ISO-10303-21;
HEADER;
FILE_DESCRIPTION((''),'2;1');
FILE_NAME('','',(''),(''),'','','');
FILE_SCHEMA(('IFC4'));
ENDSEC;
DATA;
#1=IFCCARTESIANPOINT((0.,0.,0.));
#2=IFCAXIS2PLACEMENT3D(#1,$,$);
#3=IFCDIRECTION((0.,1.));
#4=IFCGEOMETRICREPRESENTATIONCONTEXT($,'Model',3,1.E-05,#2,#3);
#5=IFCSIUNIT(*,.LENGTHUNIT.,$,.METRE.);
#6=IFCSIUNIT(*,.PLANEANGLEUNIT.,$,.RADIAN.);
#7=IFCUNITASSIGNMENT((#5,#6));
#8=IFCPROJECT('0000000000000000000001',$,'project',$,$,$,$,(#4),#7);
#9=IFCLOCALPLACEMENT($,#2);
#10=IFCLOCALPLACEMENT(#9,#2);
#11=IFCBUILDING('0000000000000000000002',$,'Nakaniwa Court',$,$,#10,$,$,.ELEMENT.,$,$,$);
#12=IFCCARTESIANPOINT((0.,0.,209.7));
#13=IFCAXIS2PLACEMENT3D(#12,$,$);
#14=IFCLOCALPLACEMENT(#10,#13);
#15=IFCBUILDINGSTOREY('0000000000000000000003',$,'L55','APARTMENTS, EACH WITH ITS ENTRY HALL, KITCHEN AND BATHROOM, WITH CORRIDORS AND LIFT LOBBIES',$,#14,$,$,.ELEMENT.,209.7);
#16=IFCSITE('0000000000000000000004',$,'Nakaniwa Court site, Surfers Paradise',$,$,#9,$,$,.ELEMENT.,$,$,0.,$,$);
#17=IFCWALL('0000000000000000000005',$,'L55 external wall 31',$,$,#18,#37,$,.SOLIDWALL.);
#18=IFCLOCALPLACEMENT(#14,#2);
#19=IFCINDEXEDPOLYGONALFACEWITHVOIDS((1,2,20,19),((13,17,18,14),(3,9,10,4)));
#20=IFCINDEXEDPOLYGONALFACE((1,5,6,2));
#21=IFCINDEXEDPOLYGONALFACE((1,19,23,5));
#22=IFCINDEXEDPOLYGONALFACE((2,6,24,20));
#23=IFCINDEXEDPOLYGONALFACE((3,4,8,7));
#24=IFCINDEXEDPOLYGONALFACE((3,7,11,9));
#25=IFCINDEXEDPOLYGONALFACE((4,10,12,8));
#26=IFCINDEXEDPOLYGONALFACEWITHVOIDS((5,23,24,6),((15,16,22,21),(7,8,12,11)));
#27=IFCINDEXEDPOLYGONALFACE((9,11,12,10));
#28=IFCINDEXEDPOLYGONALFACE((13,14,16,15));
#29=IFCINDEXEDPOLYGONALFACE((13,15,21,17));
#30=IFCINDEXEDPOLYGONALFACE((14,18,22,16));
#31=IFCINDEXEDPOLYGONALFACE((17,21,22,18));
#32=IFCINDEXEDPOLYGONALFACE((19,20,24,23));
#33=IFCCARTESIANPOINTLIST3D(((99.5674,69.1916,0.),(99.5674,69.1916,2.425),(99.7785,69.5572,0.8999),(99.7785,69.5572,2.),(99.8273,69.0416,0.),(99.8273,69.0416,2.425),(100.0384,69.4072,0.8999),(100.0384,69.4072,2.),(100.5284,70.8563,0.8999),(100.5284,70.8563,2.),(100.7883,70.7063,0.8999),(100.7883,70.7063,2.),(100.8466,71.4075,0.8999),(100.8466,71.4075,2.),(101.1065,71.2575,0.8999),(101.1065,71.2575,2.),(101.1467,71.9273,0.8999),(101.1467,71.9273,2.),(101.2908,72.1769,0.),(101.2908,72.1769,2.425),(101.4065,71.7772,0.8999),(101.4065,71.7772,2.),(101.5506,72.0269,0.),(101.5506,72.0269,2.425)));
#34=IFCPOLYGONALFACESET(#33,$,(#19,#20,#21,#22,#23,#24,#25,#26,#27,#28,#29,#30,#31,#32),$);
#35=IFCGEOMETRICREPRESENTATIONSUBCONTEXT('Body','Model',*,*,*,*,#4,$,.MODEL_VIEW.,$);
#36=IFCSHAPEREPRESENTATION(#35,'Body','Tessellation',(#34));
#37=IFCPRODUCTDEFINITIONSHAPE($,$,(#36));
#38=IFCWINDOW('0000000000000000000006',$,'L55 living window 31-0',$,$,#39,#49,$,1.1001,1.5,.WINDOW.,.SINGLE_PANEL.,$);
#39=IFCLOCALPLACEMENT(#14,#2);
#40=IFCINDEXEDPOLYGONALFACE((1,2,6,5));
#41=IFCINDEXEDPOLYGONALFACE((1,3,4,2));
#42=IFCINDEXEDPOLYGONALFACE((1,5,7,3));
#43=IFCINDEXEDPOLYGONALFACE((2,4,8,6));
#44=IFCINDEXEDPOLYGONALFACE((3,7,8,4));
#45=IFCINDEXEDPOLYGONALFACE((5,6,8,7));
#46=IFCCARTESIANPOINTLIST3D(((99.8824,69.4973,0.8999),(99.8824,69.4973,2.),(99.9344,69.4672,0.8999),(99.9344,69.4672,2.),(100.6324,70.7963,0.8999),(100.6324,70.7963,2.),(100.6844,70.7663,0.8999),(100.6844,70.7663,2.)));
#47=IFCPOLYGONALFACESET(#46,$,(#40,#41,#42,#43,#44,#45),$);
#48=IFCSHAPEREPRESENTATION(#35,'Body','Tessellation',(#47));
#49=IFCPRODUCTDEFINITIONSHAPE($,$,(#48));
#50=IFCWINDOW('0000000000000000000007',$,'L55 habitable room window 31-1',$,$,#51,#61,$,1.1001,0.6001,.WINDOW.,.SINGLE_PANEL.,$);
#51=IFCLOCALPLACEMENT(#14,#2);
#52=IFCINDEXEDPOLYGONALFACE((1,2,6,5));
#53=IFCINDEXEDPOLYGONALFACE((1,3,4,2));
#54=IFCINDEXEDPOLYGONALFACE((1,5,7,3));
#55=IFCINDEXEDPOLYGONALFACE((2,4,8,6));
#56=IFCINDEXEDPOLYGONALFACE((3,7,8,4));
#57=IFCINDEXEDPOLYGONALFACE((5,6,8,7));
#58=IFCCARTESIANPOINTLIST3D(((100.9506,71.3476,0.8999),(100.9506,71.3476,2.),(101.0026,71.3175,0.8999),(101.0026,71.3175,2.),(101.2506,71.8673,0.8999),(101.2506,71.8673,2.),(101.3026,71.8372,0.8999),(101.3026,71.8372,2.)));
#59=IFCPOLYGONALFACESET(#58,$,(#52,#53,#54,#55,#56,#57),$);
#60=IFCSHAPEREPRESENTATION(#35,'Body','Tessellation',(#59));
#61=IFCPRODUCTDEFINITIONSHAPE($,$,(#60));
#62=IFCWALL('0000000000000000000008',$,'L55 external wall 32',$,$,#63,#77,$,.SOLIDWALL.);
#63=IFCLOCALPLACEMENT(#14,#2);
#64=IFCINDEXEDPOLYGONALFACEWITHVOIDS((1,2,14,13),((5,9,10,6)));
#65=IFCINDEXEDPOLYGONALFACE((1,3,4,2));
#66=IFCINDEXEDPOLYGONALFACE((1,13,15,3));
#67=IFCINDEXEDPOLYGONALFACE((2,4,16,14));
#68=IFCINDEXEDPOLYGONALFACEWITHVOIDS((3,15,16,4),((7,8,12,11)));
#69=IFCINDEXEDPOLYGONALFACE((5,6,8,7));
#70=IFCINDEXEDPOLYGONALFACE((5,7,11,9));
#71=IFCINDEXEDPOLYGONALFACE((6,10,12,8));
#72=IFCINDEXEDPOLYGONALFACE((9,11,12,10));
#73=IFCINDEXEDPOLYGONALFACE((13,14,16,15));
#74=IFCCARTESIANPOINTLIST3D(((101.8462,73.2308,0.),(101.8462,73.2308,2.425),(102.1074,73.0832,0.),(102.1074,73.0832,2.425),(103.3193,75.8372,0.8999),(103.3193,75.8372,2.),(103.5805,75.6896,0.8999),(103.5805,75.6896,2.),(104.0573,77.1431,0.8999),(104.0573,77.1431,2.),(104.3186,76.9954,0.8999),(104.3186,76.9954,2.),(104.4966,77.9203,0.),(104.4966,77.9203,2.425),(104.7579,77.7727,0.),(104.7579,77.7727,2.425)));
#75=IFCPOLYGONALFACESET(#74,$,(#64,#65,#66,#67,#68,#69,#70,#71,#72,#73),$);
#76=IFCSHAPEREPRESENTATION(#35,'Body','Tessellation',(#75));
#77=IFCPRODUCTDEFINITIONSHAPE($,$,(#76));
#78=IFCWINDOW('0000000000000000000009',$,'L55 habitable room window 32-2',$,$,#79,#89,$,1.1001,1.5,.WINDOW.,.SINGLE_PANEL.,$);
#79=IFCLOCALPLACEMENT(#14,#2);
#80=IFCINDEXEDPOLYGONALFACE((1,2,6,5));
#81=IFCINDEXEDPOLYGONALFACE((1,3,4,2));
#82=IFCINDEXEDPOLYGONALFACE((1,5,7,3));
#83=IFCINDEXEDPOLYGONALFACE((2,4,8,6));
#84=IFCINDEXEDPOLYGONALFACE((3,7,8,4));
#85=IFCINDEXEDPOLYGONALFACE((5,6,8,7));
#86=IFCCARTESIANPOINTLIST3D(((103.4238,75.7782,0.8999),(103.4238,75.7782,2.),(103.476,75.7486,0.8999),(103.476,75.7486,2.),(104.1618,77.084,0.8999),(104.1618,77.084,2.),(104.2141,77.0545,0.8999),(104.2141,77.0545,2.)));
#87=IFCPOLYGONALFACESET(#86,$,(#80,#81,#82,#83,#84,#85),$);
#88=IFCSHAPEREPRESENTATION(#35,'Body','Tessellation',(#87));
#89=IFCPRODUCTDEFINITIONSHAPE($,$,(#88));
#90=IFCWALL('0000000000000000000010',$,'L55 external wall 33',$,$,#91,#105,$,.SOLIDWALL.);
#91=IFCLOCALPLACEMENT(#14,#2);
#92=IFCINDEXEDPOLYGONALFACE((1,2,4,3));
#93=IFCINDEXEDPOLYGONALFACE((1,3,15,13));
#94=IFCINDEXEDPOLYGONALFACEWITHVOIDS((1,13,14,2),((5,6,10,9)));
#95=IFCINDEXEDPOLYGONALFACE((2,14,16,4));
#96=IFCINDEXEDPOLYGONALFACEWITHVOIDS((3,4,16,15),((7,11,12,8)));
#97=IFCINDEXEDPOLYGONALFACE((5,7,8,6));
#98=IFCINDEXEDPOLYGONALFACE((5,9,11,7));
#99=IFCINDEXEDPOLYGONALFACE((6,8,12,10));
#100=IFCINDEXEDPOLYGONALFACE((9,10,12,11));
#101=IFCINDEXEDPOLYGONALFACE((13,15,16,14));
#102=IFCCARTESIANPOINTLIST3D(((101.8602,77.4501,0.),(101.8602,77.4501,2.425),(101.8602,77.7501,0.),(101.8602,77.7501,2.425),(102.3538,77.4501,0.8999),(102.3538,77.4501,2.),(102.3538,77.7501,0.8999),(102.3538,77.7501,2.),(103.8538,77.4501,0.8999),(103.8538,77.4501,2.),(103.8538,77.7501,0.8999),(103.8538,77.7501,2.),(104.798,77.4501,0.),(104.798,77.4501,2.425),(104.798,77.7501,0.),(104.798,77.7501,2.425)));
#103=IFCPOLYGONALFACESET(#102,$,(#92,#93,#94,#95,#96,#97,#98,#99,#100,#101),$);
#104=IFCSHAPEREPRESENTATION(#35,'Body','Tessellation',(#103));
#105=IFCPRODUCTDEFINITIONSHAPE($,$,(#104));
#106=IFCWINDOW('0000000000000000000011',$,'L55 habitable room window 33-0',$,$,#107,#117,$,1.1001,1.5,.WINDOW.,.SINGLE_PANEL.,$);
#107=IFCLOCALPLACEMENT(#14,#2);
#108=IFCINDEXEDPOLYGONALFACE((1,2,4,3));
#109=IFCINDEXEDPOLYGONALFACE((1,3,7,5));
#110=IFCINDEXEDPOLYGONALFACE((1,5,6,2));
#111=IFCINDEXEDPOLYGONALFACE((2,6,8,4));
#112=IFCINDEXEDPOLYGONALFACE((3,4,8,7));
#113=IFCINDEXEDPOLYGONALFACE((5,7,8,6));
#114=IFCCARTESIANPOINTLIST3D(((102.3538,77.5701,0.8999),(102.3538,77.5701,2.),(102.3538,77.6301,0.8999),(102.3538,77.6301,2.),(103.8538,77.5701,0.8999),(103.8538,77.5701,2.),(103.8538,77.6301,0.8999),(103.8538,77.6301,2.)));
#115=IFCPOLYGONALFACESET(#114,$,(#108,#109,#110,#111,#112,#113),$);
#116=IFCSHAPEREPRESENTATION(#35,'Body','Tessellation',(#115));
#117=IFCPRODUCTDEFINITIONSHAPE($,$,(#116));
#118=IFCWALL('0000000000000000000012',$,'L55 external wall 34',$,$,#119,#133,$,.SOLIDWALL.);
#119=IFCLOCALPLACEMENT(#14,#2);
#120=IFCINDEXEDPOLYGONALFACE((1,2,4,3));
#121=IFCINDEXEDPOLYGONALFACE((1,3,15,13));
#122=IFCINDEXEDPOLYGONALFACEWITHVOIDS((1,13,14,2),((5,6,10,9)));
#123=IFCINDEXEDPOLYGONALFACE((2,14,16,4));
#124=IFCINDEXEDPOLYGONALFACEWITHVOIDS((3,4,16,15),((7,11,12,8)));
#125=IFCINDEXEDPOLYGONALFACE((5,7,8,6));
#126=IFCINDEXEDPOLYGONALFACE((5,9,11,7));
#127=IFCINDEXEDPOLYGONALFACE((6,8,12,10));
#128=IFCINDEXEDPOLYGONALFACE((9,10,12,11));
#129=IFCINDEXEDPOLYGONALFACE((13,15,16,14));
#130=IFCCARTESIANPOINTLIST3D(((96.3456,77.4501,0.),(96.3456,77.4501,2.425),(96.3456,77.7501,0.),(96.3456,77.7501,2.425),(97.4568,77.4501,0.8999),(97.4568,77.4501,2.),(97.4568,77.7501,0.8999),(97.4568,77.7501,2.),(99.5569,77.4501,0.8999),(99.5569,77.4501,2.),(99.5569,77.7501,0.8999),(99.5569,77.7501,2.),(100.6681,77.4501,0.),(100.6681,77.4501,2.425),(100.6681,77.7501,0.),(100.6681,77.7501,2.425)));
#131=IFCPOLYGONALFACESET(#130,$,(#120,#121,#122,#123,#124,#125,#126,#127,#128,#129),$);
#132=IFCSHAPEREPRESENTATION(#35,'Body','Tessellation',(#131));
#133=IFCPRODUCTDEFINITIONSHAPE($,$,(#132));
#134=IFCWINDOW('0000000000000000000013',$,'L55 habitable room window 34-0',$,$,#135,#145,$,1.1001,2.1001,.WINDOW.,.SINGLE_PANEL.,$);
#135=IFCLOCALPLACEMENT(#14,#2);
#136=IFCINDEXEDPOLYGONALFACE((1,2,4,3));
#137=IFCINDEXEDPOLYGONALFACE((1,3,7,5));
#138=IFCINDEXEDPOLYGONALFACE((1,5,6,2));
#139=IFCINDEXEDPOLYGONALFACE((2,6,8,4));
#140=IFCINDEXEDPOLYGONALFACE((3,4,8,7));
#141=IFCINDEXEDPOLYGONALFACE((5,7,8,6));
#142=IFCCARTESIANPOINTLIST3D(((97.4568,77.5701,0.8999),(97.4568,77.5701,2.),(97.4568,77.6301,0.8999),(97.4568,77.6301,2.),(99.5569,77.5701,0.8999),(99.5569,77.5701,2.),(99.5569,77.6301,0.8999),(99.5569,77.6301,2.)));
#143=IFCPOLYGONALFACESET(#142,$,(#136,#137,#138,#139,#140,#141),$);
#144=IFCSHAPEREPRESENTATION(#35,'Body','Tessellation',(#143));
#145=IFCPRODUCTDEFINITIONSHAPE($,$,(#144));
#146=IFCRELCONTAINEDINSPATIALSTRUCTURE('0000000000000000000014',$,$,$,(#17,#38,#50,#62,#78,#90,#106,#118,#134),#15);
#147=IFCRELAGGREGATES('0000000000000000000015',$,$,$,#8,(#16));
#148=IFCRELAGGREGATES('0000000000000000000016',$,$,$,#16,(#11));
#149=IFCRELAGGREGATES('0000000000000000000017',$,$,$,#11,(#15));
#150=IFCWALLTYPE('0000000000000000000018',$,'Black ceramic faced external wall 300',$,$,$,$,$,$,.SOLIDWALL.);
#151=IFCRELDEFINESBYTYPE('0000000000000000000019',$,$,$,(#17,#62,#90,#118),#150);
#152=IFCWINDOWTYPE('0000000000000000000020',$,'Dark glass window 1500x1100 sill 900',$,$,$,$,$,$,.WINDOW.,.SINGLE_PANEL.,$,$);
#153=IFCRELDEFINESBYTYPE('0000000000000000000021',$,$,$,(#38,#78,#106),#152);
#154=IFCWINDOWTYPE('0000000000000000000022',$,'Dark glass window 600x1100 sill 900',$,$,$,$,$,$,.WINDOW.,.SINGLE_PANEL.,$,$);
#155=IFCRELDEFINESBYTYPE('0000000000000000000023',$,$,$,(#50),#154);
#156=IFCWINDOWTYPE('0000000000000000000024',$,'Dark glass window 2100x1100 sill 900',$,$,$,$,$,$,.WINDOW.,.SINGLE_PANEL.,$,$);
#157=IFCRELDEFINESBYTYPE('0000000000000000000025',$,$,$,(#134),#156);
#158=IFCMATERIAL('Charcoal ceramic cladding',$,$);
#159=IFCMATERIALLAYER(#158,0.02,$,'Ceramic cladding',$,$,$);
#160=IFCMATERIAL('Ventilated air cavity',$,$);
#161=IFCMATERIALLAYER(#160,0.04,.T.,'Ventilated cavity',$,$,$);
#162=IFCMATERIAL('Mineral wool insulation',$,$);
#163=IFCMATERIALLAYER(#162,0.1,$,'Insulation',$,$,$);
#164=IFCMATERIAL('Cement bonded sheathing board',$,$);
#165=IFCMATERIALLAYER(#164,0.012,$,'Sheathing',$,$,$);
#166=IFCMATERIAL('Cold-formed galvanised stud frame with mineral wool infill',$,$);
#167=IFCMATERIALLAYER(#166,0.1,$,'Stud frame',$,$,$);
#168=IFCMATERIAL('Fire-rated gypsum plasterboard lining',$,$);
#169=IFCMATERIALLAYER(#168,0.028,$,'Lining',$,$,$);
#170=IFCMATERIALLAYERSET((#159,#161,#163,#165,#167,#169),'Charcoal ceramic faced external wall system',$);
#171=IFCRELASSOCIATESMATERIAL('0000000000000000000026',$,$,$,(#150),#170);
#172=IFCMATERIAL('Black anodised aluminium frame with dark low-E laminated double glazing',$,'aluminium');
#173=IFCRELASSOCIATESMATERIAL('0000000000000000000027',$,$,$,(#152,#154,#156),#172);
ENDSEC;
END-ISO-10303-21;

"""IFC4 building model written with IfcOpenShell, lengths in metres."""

from ifc_helpers import new_model, si_unit, direction, frame, frame_2d, origin, place, context, subcontext, project, spatial, rectangle, extrude, material, layer, layer_set, type_object, element, fill, save


model = new_model("IFC4")

# Units and contexts
model_context = context("Model", 3, precision=1e-05, world=origin(), true_north=direction((0.0, 1.0)))
body_context = subcontext(model_context, "Body", "Model", "MODEL_VIEW")
ifc_project = project(units=[si_unit("LENGTHUNIT", "METRE"), si_unit("PLANEANGLEUNIT", "RADIAN")], contexts=[model_context])

# Site, building, storey
site_placement = place(None, origin())
site = spatial("IfcSite", under=ifc_project, at=site_placement, Name="Nakaniwa Court site, Surfers Paradise", CompositionType="ELEMENT", RefElevation=0.0)
building_placement = place(site_placement, origin())
building = spatial("IfcBuilding", under=site, at=building_placement, Name="Nakaniwa Court", CompositionType="ELEMENT")
storey_placement = place(building_placement, frame((0.0, 0.0, 209.7)))
storey = spatial("IfcBuildingStorey", under=building, at=storey_placement, Name="L55", Description="APARTMENTS, EACH WITH ITS ENTRY HALL, KITCHEN AND BATHROOM, WITH CORRIDORS AND LIFT LOBBIES", CompositionType="ELEMENT", Elevation=209.7)

# Wall, openings, windows
ifc_material_1 = material(Name="Charcoal ceramic cladding")
ifc_layer_1 = layer(ifc_material_1, 0.02, Name="Ceramic cladding")
ifc_material_2 = material(Name="Ventilated air cavity")
ifc_layer_2 = layer(ifc_material_2, 0.04, ventilated=True, Name="Ventilated cavity")
ifc_material_3 = material(Name="Mineral wool insulation")
ifc_layer_3 = layer(ifc_material_3, 0.1, Name="Insulation")
ifc_material_4 = material(Name="Cement bonded sheathing board")
ifc_layer_4 = layer(ifc_material_4, 0.012, Name="Sheathing")
ifc_material_5 = material(Name="Cold-formed galvanised stud frame with mineral wool infill")
ifc_layer_5 = layer(ifc_material_5, 0.1, Name="Stud frame")
ifc_material_6 = material(Name="Fire-rated gypsum plasterboard lining")
ifc_layer_6 = layer(ifc_material_6, 0.028, Name="Lining")
ifc_layer_set_1 = layer_set([ifc_layer_1, ifc_layer_2, ifc_layer_3, ifc_layer_4, ifc_layer_5, ifc_layer_6], Name="Charcoal ceramic faced external wall system")
wall_type_1 = type_object("IfcWallType", Name="Black ceramic faced external wall 300", PredefinedType="SOLIDWALL", material=ifc_layer_set_1)
wall_1_placement = place(storey_placement, frame((99.6973, 69.1165, 0.0), z_axis=(0.0, 0.0, 1.0), x_axis=(0.499955, 0.866051, 0.0)))
wall_1 = element("IfcWall", 1, at=wall_1_placement, inside=storey, type_object=wall_type_1, Name="L55 external wall 31", PredefinedType="SOLIDWALL", context=body_context, shape_type="SweptSolid", body=[
    extrude(rectangle(XDim=3.447, YDim=0.3, at=frame_2d((1.7236, 0.0))), origin(), (0.0, 0.0, 1.0), 2.425),
])
opening_1_placement = place(wall_1_placement, frame((0.4224, 0.0, 0.8999)))
opening_1 = element("IfcOpeningElement", 2, at=opening_1_placement, cuts=wall_1, PredefinedType="OPENING", context=body_context, shape_type="SweptSolid", body=[
    extrude(rectangle(XDim=1.5, YDim=1.1001, at=frame_2d((0.75, 0.55))), frame((0.0, 0.1599, 0.0), z_axis=(0.0, -1.0, 0.0), x_axis=(1.0, 0.0, 0.0)), (0.0, 0.0, 1.0), 0.3201),
])
opening_2_placement = place(wall_1_placement, frame((2.5588, 0.0, 0.8999)))
opening_2 = element("IfcOpeningElement", 3, at=opening_2_placement, cuts=wall_1, PredefinedType="OPENING", context=body_context, shape_type="SweptSolid", body=[
    extrude(rectangle(XDim=0.6001, YDim=1.1001, at=frame_2d((0.3, 0.55))), frame((0.0, 0.1599, 0.0), z_axis=(0.0, -1.0, 0.0), x_axis=(1.0, 0.0, 0.0)), (0.0, 0.0, 1.0), 0.3201),
])
ifc_material_7 = material(Name="Black anodised aluminium frame with dark low-E laminated double glazing", Category="aluminium")
window_type_1 = type_object("IfcWindowType", Name="Dark glass window 1500x1100 sill 900", PartitioningType="SINGLE_PANEL", PredefinedType="WINDOW", material=ifc_material_7)
window_1_placement = place(opening_1_placement, origin())
window_1 = element("IfcWindow", 4, at=window_1_placement, inside=storey, type_object=window_type_1, Name="L55 living window 31-0", OverallHeight=1.1001, OverallWidth=1.5, PartitioningType="SINGLE_PANEL", PredefinedType="WINDOW", context=body_context, shape_type="SweptSolid", body=[
    extrude(rectangle(XDim=1.5, YDim=1.1001, at=frame_2d((0.75, 0.55))), frame((0.0, 0.03, 0.0), z_axis=(0.0, -1.0, 0.0), x_axis=(1.0, 0.0, 0.0)), (0.0, 0.0, 1.0), 0.0601),
])
fill(opening_1, window_1)
window_type_2 = type_object("IfcWindowType", Name="Dark glass window 600x1100 sill 900", PartitioningType="SINGLE_PANEL", PredefinedType="WINDOW", material=ifc_material_7)
window_2_placement = place(opening_2_placement, origin())
window_2 = element("IfcWindow", 5, at=window_2_placement, inside=storey, type_object=window_type_2, Name="L55 habitable room window 31-1", OverallHeight=1.1001, OverallWidth=0.6001, PartitioningType="SINGLE_PANEL", PredefinedType="WINDOW", context=body_context, shape_type="SweptSolid", body=[
    extrude(rectangle(XDim=0.6001, YDim=1.1001, at=frame_2d((0.3, 0.55))), frame((0.0, 0.03, 0.0), z_axis=(0.0, -1.0, 0.0), x_axis=(1.0, 0.0, 0.0)), (0.0, 0.0, 1.0), 0.0601),
])
fill(opening_2, window_2)

# Walls, openings, windows
wall_2_placement = place(storey_placement, frame((101.9768, 73.157, 0.0), z_axis=(0.0, 0.0, 1.0), x_axis=(0.492033, 0.870576, 0.0)))
wall_2 = element("IfcWall", 6, at=wall_2_placement, inside=storey, type_object=wall_type_1, Name="L55 external wall 32", PredefinedType="SOLIDWALL", context=body_context, shape_type="SweptSolid", body=[
    extrude(rectangle(XDim=5.3867, YDim=0.3, at=frame_2d((2.6934, 0.0))), origin(), (0.0, 0.0, 1.0), 2.425),
])
opening_3_placement = place(wall_2_placement, frame((2.9939, 0.0, 0.8999)))
opening_3 = element("IfcOpeningElement", 7, at=opening_3_placement, cuts=wall_2, PredefinedType="OPENING", context=body_context, shape_type="SweptSolid", body=[
    extrude(rectangle(XDim=1.5, YDim=1.1001, at=frame_2d((0.75, 0.55))), frame((0.0, 0.1599, 0.0), z_axis=(0.0, -1.0, 0.0), x_axis=(1.0, 0.0, 0.0)), (0.0, 0.0, 1.0), 0.3201),
])
window_3_placement = place(opening_3_placement, origin())
window_3 = element("IfcWindow", 8, at=window_3_placement, inside=storey, type_object=window_type_1, Name="L55 habitable room window 32-2", OverallHeight=1.1001, OverallWidth=1.5, PartitioningType="SINGLE_PANEL", PredefinedType="WINDOW", context=body_context, shape_type="SweptSolid", body=[
    extrude(rectangle(XDim=1.5, YDim=1.1001, at=frame_2d((0.75, 0.55))), frame((0.0, 0.03, 0.0), z_axis=(0.0, -1.0, 0.0), x_axis=(1.0, 0.0, 0.0)), (0.0, 0.0, 1.0), 0.0601),
])
fill(opening_3, window_3)
wall_3_placement = place(storey_placement, frame((104.7979, 77.6001, 0.0), z_axis=(0.0, 0.0, 1.0), x_axis=(-1.0, 0.0, 0.0)))
wall_3 = element("IfcWall", 9, at=wall_3_placement, inside=storey, type_object=wall_type_1, Name="L55 external wall 33", PredefinedType="SOLIDWALL", context=body_context, shape_type="SweptSolid", body=[
    extrude(rectangle(XDim=2.9377, YDim=0.3, at=frame_2d((1.4688, 0.0))), origin(), (0.0, 0.0, 1.0), 2.425),
])
opening_4_placement = place(wall_3_placement, frame((0.9441, 0.0, 0.8999)))
opening_4 = element("IfcOpeningElement", 10, at=opening_4_placement, cuts=wall_3, PredefinedType="OPENING", context=body_context, shape_type="SweptSolid", body=[
    extrude(rectangle(XDim=1.5, YDim=1.1001, at=frame_2d((0.75, 0.55))), frame((0.0, 0.1599, 0.0), z_axis=(0.0, -1.0, 0.0), x_axis=(1.0, 0.0, 0.0)), (0.0, 0.0, 1.0), 0.3201),
])
window_4_placement = place(opening_4_placement, origin())
window_4 = element("IfcWindow", 11, at=window_4_placement, inside=storey, type_object=window_type_1, Name="L55 habitable room window 33-0", OverallHeight=1.1001, OverallWidth=1.5, PartitioningType="SINGLE_PANEL", PredefinedType="WINDOW", context=body_context, shape_type="SweptSolid", body=[
    extrude(rectangle(XDim=1.5, YDim=1.1001, at=frame_2d((0.75, 0.55))), frame((0.0, 0.03, 0.0), z_axis=(0.0, -1.0, 0.0), x_axis=(1.0, 0.0, 0.0)), (0.0, 0.0, 1.0), 0.0601),
])
fill(opening_4, window_4)
wall_4_placement = place(storey_placement, frame((100.668, 77.6001, 0.0), z_axis=(0.0, 0.0, 1.0), x_axis=(-1.0, 0.0, 0.0)))
wall_4 = element("IfcWall", 12, at=wall_4_placement, inside=storey, type_object=wall_type_1, Name="L55 external wall 34", PredefinedType="SOLIDWALL", context=body_context, shape_type="SweptSolid", body=[
    extrude(rectangle(XDim=4.3225, YDim=0.3, at=frame_2d((2.1611, 0.0))), origin(), (0.0, 0.0, 1.0), 2.425),
])
opening_5_placement = place(wall_4_placement, frame((1.1111, 0.0, 0.8999)))
opening_5 = element("IfcOpeningElement", 13, at=opening_5_placement, cuts=wall_4, PredefinedType="OPENING", context=body_context, shape_type="SweptSolid", body=[
    extrude(rectangle(XDim=2.1001, YDim=1.1001, at=frame_2d((1.05, 0.55))), frame((0.0, 0.1599, 0.0), z_axis=(0.0, -1.0, 0.0), x_axis=(1.0, 0.0, 0.0)), (0.0, 0.0, 1.0), 0.3201),
])
window_type_3 = type_object("IfcWindowType", Name="Dark glass window 2100x1100 sill 900", PartitioningType="SINGLE_PANEL", PredefinedType="WINDOW", material=ifc_material_7)
window_5_placement = place(opening_5_placement, origin())
window_5 = element("IfcWindow", 14, at=window_5_placement, inside=storey, type_object=window_type_3, Name="L55 habitable room window 34-0", OverallHeight=1.1001, OverallWidth=2.1001, PartitioningType="SINGLE_PANEL", PredefinedType="WINDOW", context=body_context, shape_type="SweptSolid", body=[
    extrude(rectangle(XDim=2.1001, YDim=1.1001, at=frame_2d((1.05, 0.55))), frame((0.0, 0.03, 0.0), z_axis=(0.0, -1.0, 0.0), x_axis=(1.0, 0.0, 0.0)), (0.0, 0.0, 1.0), 0.0601),
])
fill(opening_5, window_5)

save(model, "model.ifc")
